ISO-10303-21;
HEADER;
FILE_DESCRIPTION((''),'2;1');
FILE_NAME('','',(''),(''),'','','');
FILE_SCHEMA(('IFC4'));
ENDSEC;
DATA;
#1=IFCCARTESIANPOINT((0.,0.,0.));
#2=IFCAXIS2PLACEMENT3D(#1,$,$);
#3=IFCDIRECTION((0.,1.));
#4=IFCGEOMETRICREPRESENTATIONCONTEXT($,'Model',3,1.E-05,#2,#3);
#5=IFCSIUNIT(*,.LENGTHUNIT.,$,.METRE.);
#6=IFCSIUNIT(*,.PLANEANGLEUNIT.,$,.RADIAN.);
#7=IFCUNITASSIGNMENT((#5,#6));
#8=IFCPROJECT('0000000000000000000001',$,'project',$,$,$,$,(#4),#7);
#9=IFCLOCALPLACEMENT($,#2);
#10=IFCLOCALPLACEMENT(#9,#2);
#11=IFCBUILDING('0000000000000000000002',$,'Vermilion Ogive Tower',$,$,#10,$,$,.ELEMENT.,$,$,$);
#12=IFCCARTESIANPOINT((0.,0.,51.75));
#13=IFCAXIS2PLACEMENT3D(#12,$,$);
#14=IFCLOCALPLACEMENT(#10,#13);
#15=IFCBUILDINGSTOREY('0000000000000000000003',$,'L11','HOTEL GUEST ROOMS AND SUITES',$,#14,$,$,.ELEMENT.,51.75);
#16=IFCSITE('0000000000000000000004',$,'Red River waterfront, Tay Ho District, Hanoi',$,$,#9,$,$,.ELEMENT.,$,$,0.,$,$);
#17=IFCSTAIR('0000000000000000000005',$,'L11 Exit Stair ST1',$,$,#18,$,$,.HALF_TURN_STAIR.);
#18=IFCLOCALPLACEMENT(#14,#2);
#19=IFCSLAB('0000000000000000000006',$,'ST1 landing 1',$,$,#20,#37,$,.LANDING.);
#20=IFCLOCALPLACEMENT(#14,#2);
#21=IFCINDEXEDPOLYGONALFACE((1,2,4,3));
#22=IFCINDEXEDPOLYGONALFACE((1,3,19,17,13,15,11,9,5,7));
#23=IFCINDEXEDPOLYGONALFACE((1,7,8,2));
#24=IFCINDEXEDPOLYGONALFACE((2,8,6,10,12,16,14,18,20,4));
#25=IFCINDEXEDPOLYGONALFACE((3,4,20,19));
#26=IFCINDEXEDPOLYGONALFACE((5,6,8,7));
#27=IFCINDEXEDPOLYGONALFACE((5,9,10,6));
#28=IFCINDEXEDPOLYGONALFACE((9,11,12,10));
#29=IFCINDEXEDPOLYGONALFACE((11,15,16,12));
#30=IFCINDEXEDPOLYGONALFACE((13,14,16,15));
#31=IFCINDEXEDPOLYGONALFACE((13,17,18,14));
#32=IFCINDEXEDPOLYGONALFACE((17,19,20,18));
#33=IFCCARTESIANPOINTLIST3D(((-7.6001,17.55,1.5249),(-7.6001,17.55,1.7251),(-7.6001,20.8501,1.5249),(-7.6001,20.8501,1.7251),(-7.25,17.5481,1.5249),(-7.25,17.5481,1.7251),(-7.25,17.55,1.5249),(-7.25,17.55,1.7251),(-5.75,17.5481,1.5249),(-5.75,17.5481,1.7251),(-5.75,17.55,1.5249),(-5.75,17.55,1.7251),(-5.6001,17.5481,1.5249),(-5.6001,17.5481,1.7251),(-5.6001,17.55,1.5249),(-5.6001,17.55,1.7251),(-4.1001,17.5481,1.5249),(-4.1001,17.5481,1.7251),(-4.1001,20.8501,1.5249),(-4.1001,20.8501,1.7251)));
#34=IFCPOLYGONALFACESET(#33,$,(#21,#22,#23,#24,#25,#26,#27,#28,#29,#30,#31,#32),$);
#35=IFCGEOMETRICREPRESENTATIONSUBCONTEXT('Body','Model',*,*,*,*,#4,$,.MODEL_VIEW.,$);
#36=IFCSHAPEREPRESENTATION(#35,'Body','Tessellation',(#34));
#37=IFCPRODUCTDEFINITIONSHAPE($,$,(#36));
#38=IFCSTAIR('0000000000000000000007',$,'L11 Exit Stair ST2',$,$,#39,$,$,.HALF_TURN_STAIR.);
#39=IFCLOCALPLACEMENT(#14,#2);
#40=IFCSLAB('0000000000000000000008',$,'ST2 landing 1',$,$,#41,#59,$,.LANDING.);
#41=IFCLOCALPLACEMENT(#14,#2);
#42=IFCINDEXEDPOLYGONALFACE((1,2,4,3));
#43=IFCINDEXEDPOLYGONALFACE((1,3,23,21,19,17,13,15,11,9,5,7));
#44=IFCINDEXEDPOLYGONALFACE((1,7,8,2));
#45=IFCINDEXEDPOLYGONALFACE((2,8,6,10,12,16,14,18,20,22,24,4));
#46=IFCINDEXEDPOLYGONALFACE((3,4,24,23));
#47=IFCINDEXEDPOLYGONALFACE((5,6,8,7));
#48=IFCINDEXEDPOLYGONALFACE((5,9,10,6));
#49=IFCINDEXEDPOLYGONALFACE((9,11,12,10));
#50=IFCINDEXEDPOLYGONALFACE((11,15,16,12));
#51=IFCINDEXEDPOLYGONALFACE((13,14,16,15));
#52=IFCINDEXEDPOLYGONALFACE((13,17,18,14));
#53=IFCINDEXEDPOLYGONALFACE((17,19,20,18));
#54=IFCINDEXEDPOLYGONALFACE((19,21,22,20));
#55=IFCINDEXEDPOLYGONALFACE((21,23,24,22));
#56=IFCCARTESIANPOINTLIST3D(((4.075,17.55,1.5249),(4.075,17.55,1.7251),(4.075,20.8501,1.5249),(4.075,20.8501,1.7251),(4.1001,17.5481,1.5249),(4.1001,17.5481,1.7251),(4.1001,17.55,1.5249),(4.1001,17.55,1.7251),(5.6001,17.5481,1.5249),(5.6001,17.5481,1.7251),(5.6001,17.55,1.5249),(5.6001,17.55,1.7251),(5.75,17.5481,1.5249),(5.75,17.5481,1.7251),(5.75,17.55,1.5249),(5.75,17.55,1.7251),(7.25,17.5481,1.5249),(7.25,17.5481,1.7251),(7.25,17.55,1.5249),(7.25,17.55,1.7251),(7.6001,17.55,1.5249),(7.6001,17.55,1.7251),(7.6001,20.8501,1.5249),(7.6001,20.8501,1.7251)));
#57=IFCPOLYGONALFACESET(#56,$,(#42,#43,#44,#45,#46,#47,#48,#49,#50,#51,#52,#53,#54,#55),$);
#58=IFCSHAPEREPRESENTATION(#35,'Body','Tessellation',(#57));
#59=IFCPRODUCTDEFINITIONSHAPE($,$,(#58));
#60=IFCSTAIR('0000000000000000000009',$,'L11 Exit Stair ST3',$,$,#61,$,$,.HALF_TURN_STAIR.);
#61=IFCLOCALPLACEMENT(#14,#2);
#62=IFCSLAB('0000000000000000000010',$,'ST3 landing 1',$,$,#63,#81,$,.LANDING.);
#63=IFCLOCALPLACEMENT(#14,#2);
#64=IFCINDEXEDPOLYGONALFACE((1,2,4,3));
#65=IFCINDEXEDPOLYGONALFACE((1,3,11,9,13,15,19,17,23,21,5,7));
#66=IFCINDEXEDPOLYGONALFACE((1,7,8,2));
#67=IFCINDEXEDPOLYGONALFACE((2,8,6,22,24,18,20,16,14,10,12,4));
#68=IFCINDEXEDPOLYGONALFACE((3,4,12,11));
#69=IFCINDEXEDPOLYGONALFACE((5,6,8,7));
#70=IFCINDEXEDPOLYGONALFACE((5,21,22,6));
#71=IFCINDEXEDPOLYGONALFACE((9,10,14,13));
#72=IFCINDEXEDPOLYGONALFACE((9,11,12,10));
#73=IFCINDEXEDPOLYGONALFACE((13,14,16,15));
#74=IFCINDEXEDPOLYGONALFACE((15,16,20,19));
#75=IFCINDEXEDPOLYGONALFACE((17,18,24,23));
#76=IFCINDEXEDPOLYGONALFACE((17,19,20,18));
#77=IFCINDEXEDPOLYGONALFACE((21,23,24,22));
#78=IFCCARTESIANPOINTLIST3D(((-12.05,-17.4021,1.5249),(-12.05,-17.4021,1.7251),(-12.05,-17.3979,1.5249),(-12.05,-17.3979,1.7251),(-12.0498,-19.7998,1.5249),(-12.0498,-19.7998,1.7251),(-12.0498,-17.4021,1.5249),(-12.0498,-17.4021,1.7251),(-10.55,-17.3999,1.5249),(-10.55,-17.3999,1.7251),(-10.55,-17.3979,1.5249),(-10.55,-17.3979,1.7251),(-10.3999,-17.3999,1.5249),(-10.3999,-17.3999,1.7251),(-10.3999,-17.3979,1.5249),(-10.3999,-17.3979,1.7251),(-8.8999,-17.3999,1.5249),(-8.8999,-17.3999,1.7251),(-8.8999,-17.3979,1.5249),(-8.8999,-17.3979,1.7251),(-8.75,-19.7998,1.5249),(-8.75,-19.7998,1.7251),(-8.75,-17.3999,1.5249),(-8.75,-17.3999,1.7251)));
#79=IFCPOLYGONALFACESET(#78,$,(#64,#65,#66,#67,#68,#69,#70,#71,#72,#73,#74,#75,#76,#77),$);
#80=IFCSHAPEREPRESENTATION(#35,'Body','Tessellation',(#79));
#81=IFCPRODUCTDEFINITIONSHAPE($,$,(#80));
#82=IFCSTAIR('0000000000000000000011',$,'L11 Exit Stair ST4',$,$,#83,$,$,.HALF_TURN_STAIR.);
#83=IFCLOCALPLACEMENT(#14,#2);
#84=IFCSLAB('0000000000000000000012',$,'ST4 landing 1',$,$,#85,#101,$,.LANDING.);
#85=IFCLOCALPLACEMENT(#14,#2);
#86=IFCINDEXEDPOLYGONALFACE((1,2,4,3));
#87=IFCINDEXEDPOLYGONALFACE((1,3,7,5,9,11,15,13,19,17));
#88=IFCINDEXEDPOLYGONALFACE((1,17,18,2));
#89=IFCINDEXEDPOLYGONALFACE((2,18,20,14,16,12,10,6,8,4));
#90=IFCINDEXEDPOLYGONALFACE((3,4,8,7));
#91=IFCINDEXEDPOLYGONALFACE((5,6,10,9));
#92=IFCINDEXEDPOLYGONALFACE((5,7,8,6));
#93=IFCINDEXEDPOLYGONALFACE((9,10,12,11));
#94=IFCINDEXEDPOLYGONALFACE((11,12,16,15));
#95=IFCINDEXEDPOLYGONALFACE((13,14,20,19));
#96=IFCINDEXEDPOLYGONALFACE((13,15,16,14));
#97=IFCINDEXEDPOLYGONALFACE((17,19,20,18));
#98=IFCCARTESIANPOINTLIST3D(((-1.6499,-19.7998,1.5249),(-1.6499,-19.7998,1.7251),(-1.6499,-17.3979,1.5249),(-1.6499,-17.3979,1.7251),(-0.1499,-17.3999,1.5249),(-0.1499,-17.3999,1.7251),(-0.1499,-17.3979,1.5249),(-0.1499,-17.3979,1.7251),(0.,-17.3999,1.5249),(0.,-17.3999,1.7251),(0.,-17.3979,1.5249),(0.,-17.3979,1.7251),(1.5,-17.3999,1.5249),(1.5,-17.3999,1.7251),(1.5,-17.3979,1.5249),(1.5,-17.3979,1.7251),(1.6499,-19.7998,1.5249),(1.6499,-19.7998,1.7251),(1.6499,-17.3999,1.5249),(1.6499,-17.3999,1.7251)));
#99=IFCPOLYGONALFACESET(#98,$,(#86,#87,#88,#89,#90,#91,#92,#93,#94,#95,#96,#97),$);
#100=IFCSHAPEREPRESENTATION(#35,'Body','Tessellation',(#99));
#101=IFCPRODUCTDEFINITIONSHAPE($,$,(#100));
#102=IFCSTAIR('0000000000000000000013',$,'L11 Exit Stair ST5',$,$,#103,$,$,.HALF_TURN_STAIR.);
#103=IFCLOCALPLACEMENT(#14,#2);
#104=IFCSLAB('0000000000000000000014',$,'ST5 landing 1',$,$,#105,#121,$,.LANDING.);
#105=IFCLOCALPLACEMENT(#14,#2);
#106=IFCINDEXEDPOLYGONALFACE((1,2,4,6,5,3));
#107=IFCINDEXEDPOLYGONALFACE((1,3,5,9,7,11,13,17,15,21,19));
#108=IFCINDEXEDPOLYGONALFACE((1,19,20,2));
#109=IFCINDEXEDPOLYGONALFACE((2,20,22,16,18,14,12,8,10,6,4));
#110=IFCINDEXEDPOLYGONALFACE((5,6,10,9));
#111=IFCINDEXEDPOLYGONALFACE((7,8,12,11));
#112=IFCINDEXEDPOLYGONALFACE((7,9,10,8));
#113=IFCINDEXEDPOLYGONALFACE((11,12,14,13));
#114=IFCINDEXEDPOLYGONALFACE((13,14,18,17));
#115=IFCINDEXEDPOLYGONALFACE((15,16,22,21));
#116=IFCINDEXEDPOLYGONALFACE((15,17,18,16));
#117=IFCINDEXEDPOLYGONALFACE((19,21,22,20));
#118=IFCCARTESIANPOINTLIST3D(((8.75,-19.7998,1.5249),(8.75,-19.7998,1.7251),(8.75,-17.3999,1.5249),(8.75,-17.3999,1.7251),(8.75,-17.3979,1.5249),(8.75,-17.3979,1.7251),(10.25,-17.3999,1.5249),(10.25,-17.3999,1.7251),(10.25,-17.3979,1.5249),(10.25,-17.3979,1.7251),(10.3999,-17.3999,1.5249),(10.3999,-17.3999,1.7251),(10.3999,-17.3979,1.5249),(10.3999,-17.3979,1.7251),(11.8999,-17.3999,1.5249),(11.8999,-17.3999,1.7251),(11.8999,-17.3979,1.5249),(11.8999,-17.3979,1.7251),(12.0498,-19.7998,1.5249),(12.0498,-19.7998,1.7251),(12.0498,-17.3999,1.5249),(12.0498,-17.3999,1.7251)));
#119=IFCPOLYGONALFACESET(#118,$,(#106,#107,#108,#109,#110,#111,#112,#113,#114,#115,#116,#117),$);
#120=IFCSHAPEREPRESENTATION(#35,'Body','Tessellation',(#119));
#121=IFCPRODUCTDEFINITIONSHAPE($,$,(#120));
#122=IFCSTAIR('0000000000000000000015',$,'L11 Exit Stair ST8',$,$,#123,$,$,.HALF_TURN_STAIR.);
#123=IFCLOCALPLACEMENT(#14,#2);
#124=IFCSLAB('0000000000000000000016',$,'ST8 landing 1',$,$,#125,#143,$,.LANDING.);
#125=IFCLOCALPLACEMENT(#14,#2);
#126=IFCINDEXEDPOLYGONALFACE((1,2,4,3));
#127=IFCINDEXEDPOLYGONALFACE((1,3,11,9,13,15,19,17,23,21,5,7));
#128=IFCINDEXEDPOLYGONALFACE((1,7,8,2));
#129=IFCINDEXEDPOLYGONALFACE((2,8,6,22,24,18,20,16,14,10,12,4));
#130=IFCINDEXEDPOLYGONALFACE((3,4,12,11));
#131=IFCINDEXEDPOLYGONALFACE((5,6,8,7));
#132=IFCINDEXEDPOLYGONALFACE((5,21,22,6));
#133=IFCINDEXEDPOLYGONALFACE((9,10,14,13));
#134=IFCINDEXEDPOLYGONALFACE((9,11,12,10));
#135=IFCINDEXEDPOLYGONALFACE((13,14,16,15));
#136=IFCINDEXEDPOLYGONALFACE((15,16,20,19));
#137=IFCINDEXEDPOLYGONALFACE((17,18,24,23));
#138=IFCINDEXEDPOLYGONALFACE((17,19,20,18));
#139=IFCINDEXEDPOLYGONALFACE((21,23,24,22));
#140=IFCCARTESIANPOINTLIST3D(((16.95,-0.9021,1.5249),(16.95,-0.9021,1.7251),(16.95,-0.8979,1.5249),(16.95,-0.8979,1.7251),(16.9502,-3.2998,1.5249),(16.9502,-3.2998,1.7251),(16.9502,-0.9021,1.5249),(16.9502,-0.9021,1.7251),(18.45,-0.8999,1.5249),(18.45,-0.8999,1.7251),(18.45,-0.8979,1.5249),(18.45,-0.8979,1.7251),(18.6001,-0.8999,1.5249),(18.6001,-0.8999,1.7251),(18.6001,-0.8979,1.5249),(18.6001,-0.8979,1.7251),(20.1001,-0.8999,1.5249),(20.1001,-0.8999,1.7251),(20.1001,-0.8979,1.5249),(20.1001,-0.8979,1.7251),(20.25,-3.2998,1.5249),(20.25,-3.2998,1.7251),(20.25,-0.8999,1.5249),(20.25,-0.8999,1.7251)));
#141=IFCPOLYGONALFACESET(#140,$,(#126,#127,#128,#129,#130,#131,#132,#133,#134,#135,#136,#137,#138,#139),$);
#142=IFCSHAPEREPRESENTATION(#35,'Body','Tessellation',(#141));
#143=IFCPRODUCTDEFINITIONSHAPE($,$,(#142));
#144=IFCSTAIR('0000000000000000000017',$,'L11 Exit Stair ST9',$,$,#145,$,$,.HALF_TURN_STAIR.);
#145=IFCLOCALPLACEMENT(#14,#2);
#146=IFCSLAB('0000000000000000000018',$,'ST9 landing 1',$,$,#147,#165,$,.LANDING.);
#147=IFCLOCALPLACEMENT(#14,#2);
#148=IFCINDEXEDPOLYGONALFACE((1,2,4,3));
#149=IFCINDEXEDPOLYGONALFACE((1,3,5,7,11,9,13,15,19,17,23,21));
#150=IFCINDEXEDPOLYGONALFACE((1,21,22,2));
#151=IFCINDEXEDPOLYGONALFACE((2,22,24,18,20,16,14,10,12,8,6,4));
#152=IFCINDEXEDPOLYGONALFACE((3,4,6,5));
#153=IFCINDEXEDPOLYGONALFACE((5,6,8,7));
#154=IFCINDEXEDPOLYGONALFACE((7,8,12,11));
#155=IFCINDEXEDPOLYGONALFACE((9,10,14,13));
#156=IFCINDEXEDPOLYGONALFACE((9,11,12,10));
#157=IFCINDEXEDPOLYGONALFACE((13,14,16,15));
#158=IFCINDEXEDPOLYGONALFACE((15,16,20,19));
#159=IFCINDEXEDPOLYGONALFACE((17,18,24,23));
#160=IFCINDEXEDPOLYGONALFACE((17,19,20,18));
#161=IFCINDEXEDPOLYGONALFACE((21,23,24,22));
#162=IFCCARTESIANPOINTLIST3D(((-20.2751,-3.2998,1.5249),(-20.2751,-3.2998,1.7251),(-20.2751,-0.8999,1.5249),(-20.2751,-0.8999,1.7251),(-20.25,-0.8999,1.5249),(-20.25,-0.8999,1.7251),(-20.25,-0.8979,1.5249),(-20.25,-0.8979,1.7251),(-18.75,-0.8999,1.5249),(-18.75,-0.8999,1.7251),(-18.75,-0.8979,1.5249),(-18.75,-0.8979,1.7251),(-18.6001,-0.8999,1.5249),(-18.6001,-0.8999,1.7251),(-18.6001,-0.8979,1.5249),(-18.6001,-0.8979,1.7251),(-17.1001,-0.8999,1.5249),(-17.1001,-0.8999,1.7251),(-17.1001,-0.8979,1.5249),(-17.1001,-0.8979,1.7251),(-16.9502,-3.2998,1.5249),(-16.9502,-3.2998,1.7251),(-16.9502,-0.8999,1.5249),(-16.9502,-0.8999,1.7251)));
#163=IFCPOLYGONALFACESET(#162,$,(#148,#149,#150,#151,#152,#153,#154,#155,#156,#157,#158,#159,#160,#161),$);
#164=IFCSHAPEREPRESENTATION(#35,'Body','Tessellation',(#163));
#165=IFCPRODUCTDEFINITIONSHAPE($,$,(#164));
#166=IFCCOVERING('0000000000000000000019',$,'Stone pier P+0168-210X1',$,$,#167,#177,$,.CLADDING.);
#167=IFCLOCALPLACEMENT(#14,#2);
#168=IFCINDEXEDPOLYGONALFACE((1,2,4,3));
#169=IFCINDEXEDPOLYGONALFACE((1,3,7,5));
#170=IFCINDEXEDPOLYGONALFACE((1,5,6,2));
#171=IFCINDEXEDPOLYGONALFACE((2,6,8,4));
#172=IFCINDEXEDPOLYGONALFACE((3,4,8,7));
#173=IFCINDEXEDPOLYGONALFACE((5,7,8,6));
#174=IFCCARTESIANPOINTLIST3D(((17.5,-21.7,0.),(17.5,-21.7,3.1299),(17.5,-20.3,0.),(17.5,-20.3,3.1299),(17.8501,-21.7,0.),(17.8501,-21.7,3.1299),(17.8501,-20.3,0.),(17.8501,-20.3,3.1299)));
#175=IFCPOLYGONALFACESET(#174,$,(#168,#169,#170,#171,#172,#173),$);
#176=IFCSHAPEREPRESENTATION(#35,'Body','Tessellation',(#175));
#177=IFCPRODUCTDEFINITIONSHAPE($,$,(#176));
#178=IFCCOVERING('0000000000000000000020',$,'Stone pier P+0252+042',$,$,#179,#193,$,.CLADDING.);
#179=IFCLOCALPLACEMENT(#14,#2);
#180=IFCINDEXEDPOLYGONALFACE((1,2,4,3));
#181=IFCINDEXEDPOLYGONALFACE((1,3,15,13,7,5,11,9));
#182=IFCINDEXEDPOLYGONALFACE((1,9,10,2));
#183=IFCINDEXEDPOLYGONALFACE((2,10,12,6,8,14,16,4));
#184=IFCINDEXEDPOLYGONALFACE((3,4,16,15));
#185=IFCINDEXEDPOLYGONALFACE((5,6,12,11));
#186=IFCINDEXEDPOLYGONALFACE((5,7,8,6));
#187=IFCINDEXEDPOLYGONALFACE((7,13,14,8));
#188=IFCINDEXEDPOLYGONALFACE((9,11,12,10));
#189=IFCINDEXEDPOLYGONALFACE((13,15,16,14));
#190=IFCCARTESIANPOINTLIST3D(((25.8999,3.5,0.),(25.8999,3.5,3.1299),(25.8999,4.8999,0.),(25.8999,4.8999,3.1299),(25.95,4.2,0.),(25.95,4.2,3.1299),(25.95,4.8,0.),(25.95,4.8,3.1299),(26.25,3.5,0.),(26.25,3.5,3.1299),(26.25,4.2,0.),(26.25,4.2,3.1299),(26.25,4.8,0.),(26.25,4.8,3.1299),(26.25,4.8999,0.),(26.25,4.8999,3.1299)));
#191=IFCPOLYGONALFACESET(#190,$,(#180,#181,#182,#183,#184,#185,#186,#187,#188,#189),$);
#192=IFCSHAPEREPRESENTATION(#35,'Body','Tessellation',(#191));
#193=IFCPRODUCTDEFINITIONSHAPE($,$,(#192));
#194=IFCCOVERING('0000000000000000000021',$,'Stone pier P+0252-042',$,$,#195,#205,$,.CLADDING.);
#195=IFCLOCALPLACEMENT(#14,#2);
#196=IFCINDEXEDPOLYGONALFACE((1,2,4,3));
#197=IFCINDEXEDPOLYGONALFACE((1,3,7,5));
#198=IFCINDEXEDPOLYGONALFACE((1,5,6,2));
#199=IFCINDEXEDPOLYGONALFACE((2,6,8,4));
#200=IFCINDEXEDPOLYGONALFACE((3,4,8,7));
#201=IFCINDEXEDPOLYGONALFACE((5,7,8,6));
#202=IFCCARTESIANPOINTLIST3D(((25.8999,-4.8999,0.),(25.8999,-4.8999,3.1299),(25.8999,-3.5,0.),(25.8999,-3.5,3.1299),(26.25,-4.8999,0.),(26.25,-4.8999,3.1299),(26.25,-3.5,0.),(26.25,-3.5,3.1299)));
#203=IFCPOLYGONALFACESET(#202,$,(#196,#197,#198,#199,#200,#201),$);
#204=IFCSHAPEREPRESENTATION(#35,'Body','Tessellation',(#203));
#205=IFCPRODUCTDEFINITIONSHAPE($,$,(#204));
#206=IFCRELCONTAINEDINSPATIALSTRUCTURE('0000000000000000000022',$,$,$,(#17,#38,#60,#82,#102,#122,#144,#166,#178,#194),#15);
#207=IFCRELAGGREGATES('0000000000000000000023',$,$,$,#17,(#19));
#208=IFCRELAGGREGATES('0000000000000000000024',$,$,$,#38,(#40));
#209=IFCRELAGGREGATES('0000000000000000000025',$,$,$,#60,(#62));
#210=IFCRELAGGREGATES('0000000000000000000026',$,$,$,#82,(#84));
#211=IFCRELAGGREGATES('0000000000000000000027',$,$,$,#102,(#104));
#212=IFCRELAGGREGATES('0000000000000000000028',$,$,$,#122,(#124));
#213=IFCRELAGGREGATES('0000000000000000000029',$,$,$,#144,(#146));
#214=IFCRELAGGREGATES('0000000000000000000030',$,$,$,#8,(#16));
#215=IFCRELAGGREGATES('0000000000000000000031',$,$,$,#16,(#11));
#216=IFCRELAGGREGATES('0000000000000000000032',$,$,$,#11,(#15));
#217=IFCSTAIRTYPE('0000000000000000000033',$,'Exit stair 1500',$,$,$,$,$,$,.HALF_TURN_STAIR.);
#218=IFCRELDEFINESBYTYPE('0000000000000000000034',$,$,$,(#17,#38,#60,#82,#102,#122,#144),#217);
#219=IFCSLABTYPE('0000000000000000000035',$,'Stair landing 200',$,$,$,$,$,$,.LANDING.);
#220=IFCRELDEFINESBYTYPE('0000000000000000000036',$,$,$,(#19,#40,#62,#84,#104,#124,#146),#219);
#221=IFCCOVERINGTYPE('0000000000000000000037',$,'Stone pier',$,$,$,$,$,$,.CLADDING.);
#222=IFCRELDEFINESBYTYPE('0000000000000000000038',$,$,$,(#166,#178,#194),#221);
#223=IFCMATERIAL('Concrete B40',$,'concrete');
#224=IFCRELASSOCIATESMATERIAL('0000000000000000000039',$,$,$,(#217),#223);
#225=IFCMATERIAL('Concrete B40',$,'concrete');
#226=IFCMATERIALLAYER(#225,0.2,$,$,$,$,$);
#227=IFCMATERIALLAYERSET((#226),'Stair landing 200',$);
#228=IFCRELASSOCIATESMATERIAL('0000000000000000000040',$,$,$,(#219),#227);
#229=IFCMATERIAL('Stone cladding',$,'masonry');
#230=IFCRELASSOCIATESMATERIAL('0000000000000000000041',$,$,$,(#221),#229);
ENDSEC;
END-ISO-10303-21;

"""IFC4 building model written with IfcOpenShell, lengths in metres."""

from ifc_helpers import new_model, si_unit, direction, frame, origin, place, context, subcontext, project, spatial, polyline, outline, extrude, material, layer, layer_set, type_object, element, aggregate, save


model = new_model("IFC4")

# Units and contexts
model_context = context("Model", 3, precision=1e-05, world=origin(), true_north=direction((0.0, 1.0)))
body_context = subcontext(model_context, "Body", "Model", "MODEL_VIEW")
ifc_project = project(units=[si_unit("LENGTHUNIT", "METRE"), si_unit("PLANEANGLEUNIT", "RADIAN")], contexts=[model_context])

# Site, building, storey
site_placement = place(None, origin())
site = spatial("IfcSite", under=ifc_project, at=site_placement, Name="Red River waterfront, Tay Ho District, Hanoi", CompositionType="ELEMENT", RefElevation=0.0)
building_placement = place(site_placement, origin())
building = spatial("IfcBuilding", under=site, at=building_placement, Name="Vermilion Ogive Tower", CompositionType="ELEMENT")
storey_placement = place(building_placement, frame((0.0, 0.0, 51.75)))
storey = spatial("IfcBuildingStorey", under=building, at=storey_placement, Name="L11", Description="HOTEL GUEST ROOMS AND SUITES", CompositionType="ELEMENT", Elevation=51.75)

# Stairs, slabs
ifc_material_1 = material(Name="Concrete B40", Category="concrete")
stair_type = type_object("IfcStairType", Name="Exit stair 1500", PredefinedType="HALF_TURN_STAIR", material=ifc_material_1)
stair_1_placement = place(storey_placement, origin())
stair_1 = element("IfcStair", 1, at=stair_1_placement, inside=storey, type_object=stair_type, Name="L11 Exit Stair ST1", PredefinedType="HALF_TURN_STAIR")
ifc_material_2 = material(Name="Concrete B40", Category="concrete")
ifc_layer_1 = layer(ifc_material_2, 0.2)
ifc_layer_set_1 = layer_set([ifc_layer_1], Name="Stair landing 200")
slab_type_1 = type_object("IfcSlabType", Name="Stair landing 200", PredefinedType="LANDING", material=ifc_layer_set_1)
slab_1_placement = place(storey_placement, frame((0.0, 0.0, 1.5249)))
slab_1 = element("IfcSlab", 2, at=slab_1_placement, type_object=slab_type_1, Name="ST1 landing 1", PredefinedType="LANDING", context=body_context, shape_type="SweptSolid", body=[
    extrude(outline(polyline([(-7.6001, 17.55), (-7.25, 17.55), (-7.25, 17.5481), (-5.75, 17.5481), (-5.75, 17.55), (-5.6001, 17.55), (-5.6001, 17.5481), (-4.1001, 17.5481), (-4.1001, 20.8501), (-7.6001, 20.8501), (-7.6001, 17.55)])), origin(), (0.0, 0.0, 1.0), 0.2002),
])
aggregate(stair_1, [slab_1])
stair_2_placement = place(storey_placement, origin())
stair_2 = element("IfcStair", 3, at=stair_2_placement, inside=storey, type_object=stair_type, Name="L11 Exit Stair ST2", PredefinedType="HALF_TURN_STAIR")
slab_2_placement = place(storey_placement, frame((0.0, 0.0, 1.5249)))
slab_2 = element("IfcSlab", 4, at=slab_2_placement, type_object=slab_type_1, Name="ST2 landing 1", PredefinedType="LANDING", context=body_context, shape_type="SweptSolid", body=[
    extrude(outline(polyline([(5.6001, 17.55), (5.75, 17.55), (5.75, 17.5481), (7.25, 17.5481), (7.25, 17.55), (7.6001, 17.55), (7.6001, 20.8501), (4.075, 20.8501), (4.075, 17.55), (4.1001, 17.55), (4.1001, 17.5481), (5.6001, 17.5481), (5.6001, 17.55)])), origin(), (0.0, 0.0, 1.0), 0.2002),
])
aggregate(stair_2, [slab_2])
stair_3_placement = place(storey_placement, origin())
stair_3 = element("IfcStair", 5, at=stair_3_placement, inside=storey, type_object=stair_type, Name="L11 Exit Stair ST3", PredefinedType="HALF_TURN_STAIR")
slab_3_placement = place(storey_placement, frame((0.0, 0.0, 1.5249)))
slab_3 = element("IfcSlab", 6, at=slab_3_placement, type_object=slab_type_1, Name="ST3 landing 1", PredefinedType="LANDING", context=body_context, shape_type="SweptSolid", body=[
    extrude(outline(polyline([(-8.75, -17.3999), (-8.8999, -17.3999), (-8.8999, -17.3979), (-10.3999, -17.3979), (-10.3999, -17.3999), (-10.55, -17.3999), (-10.55, -17.3979), (-12.05, -17.3979), (-12.05, -17.4021), (-12.0498, -17.4021), (-12.0498, -19.7998), (-8.75, -19.7998), (-8.75, -17.3999)])), origin(), (0.0, 0.0, 1.0), 0.2002),
])
aggregate(stair_3, [slab_3])
stair_4_placement = place(storey_placement, origin())
stair_4 = element("IfcStair", 7, at=stair_4_placement, inside=storey, type_object=stair_type, Name="L11 Exit Stair ST4", PredefinedType="HALF_TURN_STAIR")
slab_4_placement = place(storey_placement, frame((0.0, 0.0, 1.5249)))
slab_4 = element("IfcSlab", 8, at=slab_4_placement, type_object=slab_type_1, Name="ST4 landing 1", PredefinedType="LANDING", context=body_context, shape_type="SweptSolid", body=[
    extrude(outline(polyline([(1.6499, -17.3999), (1.5, -17.3999), (1.5, -17.3979), (0.0, -17.3979), (0.0, -17.3999), (-0.1499, -17.3999), (-0.1499, -17.3979), (-1.6499, -17.3979), (-1.6499, -19.7998), (1.6499, -19.7998), (1.6499, -17.3999)])), origin(), (0.0, 0.0, 1.0), 0.2002),
])
aggregate(stair_4, [slab_4])
stair_5_placement = place(storey_placement, origin())
stair_5 = element("IfcStair", 9, at=stair_5_placement, inside=storey, type_object=stair_type, Name="L11 Exit Stair ST5", PredefinedType="HALF_TURN_STAIR")
slab_5_placement = place(storey_placement, frame((0.0, 0.0, 1.5249)))
slab_5 = element("IfcSlab", 10, at=slab_5_placement, type_object=slab_type_1, Name="ST5 landing 1", PredefinedType="LANDING", context=body_context, shape_type="SweptSolid", body=[
    extrude(outline(polyline([(12.0498, -17.3999), (11.8999, -17.3999), (11.8999, -17.3979), (10.3999, -17.3979), (10.3999, -17.3999), (10.25, -17.3999), (10.25, -17.3979), (8.75, -17.3979), (8.75, -17.3999), (8.75, -17.3999), (8.75, -19.7998), (12.0498, -19.7998), (12.0498, -17.3999)])), origin(), (0.0, 0.0, 1.0), 0.2002),
])
aggregate(stair_5, [slab_5])
stair_6_placement = place(storey_placement, origin())
stair_6 = element("IfcStair", 11, at=stair_6_placement, inside=storey, type_object=stair_type, Name="L11 Exit Stair ST8", PredefinedType="HALF_TURN_STAIR")
slab_6_placement = place(storey_placement, frame((0.0, 0.0, 1.5249)))
slab_6 = element("IfcSlab", 12, at=slab_6_placement, type_object=slab_type_1, Name="ST8 landing 1", PredefinedType="LANDING", context=body_context, shape_type="SweptSolid", body=[
    extrude(outline(polyline([(20.25, -0.8999), (20.1001, -0.8999), (20.1001, -0.8979), (18.6001, -0.8979), (18.6001, -0.8999), (18.45, -0.8999), (18.45, -0.8979), (16.95, -0.8979), (16.95, -0.9021), (16.9502, -0.9021), (16.9502, -3.2998), (20.25, -3.2998), (20.25, -0.8999)])), origin(), (0.0, 0.0, 1.0), 0.2002),
])
aggregate(stair_6, [slab_6])
stair_7_placement = place(storey_placement, origin())
stair_7 = element("IfcStair", 13, at=stair_7_placement, inside=storey, type_object=stair_type, Name="L11 Exit Stair ST9", PredefinedType="HALF_TURN_STAIR")
slab_7_placement = place(storey_placement, frame((0.0, 0.0, 1.5249)))
slab_7 = element("IfcSlab", 14, at=slab_7_placement, type_object=slab_type_1, Name="ST9 landing 1", PredefinedType="LANDING", context=body_context, shape_type="SweptSolid", body=[
    extrude(outline(polyline([(-16.9502, -0.8999), (-17.1001, -0.8999), (-17.1001, -0.8979), (-18.6001, -0.8979), (-18.6001, -0.8999), (-18.75, -0.8999), (-18.75, -0.8979), (-20.25, -0.8979), (-20.25, -0.8999), (-20.2751, -0.8999), (-20.2751, -3.2998), (-16.9502, -3.2998), (-16.9502, -0.8999)])), origin(), (0.0, 0.0, 1.0), 0.2002),
])
aggregate(stair_7, [slab_7])

# Coverings
ifc_material_3 = material(Name="Stone cladding", Category="masonry")
covering_type = type_object("IfcCoveringType", Name="Stone pier", PredefinedType="CLADDING", material=ifc_material_3)
covering_1_placement = place(storey_placement, origin())
element("IfcCovering", 15, at=covering_1_placement, inside=storey, type_object=covering_type, Name="Stone pier P+0168-210X1", PredefinedType="CLADDING", context=body_context, shape_type="SweptSolid", body=[
    extrude(outline(polyline([(17.8501, -21.7), (17.5, -21.7), (17.5, -21.7), (17.5, -20.3), (17.8501, -20.3), (17.8501, -21.7)])), origin(), (0.0, 0.0, 1.0), 3.1299),
])
covering_2_placement = place(storey_placement, origin())
element("IfcCovering", 16, at=covering_2_placement, inside=storey, type_object=covering_type, Name="Stone pier P+0252+042", PredefinedType="CLADDING", context=body_context, shape_type="SweptSolid", body=[
    extrude(outline(polyline([(26.25, 4.8999), (26.25, 4.8), (25.95, 4.8), (25.95, 4.2), (26.25, 4.2), (26.25, 3.5), (25.8999, 3.5), (25.8999, 4.8999), (26.25, 4.8999)])), origin(), (0.0, 0.0, 1.0), 3.1299),
])
covering_3_placement = place(storey_placement, origin())
element("IfcCovering", 17, at=covering_3_placement, inside=storey, type_object=covering_type, Name="Stone pier P+0252-042", PredefinedType="CLADDING", context=body_context, shape_type="SweptSolid", body=[
    extrude(outline(polyline([(26.25, -3.5), (26.25, -4.8999), (25.8999, -4.8999), (25.8999, -3.5), (26.25, -3.5)])), origin(), (0.0, 0.0, 1.0), 3.1299),
])

save(model, "model.ifc")
